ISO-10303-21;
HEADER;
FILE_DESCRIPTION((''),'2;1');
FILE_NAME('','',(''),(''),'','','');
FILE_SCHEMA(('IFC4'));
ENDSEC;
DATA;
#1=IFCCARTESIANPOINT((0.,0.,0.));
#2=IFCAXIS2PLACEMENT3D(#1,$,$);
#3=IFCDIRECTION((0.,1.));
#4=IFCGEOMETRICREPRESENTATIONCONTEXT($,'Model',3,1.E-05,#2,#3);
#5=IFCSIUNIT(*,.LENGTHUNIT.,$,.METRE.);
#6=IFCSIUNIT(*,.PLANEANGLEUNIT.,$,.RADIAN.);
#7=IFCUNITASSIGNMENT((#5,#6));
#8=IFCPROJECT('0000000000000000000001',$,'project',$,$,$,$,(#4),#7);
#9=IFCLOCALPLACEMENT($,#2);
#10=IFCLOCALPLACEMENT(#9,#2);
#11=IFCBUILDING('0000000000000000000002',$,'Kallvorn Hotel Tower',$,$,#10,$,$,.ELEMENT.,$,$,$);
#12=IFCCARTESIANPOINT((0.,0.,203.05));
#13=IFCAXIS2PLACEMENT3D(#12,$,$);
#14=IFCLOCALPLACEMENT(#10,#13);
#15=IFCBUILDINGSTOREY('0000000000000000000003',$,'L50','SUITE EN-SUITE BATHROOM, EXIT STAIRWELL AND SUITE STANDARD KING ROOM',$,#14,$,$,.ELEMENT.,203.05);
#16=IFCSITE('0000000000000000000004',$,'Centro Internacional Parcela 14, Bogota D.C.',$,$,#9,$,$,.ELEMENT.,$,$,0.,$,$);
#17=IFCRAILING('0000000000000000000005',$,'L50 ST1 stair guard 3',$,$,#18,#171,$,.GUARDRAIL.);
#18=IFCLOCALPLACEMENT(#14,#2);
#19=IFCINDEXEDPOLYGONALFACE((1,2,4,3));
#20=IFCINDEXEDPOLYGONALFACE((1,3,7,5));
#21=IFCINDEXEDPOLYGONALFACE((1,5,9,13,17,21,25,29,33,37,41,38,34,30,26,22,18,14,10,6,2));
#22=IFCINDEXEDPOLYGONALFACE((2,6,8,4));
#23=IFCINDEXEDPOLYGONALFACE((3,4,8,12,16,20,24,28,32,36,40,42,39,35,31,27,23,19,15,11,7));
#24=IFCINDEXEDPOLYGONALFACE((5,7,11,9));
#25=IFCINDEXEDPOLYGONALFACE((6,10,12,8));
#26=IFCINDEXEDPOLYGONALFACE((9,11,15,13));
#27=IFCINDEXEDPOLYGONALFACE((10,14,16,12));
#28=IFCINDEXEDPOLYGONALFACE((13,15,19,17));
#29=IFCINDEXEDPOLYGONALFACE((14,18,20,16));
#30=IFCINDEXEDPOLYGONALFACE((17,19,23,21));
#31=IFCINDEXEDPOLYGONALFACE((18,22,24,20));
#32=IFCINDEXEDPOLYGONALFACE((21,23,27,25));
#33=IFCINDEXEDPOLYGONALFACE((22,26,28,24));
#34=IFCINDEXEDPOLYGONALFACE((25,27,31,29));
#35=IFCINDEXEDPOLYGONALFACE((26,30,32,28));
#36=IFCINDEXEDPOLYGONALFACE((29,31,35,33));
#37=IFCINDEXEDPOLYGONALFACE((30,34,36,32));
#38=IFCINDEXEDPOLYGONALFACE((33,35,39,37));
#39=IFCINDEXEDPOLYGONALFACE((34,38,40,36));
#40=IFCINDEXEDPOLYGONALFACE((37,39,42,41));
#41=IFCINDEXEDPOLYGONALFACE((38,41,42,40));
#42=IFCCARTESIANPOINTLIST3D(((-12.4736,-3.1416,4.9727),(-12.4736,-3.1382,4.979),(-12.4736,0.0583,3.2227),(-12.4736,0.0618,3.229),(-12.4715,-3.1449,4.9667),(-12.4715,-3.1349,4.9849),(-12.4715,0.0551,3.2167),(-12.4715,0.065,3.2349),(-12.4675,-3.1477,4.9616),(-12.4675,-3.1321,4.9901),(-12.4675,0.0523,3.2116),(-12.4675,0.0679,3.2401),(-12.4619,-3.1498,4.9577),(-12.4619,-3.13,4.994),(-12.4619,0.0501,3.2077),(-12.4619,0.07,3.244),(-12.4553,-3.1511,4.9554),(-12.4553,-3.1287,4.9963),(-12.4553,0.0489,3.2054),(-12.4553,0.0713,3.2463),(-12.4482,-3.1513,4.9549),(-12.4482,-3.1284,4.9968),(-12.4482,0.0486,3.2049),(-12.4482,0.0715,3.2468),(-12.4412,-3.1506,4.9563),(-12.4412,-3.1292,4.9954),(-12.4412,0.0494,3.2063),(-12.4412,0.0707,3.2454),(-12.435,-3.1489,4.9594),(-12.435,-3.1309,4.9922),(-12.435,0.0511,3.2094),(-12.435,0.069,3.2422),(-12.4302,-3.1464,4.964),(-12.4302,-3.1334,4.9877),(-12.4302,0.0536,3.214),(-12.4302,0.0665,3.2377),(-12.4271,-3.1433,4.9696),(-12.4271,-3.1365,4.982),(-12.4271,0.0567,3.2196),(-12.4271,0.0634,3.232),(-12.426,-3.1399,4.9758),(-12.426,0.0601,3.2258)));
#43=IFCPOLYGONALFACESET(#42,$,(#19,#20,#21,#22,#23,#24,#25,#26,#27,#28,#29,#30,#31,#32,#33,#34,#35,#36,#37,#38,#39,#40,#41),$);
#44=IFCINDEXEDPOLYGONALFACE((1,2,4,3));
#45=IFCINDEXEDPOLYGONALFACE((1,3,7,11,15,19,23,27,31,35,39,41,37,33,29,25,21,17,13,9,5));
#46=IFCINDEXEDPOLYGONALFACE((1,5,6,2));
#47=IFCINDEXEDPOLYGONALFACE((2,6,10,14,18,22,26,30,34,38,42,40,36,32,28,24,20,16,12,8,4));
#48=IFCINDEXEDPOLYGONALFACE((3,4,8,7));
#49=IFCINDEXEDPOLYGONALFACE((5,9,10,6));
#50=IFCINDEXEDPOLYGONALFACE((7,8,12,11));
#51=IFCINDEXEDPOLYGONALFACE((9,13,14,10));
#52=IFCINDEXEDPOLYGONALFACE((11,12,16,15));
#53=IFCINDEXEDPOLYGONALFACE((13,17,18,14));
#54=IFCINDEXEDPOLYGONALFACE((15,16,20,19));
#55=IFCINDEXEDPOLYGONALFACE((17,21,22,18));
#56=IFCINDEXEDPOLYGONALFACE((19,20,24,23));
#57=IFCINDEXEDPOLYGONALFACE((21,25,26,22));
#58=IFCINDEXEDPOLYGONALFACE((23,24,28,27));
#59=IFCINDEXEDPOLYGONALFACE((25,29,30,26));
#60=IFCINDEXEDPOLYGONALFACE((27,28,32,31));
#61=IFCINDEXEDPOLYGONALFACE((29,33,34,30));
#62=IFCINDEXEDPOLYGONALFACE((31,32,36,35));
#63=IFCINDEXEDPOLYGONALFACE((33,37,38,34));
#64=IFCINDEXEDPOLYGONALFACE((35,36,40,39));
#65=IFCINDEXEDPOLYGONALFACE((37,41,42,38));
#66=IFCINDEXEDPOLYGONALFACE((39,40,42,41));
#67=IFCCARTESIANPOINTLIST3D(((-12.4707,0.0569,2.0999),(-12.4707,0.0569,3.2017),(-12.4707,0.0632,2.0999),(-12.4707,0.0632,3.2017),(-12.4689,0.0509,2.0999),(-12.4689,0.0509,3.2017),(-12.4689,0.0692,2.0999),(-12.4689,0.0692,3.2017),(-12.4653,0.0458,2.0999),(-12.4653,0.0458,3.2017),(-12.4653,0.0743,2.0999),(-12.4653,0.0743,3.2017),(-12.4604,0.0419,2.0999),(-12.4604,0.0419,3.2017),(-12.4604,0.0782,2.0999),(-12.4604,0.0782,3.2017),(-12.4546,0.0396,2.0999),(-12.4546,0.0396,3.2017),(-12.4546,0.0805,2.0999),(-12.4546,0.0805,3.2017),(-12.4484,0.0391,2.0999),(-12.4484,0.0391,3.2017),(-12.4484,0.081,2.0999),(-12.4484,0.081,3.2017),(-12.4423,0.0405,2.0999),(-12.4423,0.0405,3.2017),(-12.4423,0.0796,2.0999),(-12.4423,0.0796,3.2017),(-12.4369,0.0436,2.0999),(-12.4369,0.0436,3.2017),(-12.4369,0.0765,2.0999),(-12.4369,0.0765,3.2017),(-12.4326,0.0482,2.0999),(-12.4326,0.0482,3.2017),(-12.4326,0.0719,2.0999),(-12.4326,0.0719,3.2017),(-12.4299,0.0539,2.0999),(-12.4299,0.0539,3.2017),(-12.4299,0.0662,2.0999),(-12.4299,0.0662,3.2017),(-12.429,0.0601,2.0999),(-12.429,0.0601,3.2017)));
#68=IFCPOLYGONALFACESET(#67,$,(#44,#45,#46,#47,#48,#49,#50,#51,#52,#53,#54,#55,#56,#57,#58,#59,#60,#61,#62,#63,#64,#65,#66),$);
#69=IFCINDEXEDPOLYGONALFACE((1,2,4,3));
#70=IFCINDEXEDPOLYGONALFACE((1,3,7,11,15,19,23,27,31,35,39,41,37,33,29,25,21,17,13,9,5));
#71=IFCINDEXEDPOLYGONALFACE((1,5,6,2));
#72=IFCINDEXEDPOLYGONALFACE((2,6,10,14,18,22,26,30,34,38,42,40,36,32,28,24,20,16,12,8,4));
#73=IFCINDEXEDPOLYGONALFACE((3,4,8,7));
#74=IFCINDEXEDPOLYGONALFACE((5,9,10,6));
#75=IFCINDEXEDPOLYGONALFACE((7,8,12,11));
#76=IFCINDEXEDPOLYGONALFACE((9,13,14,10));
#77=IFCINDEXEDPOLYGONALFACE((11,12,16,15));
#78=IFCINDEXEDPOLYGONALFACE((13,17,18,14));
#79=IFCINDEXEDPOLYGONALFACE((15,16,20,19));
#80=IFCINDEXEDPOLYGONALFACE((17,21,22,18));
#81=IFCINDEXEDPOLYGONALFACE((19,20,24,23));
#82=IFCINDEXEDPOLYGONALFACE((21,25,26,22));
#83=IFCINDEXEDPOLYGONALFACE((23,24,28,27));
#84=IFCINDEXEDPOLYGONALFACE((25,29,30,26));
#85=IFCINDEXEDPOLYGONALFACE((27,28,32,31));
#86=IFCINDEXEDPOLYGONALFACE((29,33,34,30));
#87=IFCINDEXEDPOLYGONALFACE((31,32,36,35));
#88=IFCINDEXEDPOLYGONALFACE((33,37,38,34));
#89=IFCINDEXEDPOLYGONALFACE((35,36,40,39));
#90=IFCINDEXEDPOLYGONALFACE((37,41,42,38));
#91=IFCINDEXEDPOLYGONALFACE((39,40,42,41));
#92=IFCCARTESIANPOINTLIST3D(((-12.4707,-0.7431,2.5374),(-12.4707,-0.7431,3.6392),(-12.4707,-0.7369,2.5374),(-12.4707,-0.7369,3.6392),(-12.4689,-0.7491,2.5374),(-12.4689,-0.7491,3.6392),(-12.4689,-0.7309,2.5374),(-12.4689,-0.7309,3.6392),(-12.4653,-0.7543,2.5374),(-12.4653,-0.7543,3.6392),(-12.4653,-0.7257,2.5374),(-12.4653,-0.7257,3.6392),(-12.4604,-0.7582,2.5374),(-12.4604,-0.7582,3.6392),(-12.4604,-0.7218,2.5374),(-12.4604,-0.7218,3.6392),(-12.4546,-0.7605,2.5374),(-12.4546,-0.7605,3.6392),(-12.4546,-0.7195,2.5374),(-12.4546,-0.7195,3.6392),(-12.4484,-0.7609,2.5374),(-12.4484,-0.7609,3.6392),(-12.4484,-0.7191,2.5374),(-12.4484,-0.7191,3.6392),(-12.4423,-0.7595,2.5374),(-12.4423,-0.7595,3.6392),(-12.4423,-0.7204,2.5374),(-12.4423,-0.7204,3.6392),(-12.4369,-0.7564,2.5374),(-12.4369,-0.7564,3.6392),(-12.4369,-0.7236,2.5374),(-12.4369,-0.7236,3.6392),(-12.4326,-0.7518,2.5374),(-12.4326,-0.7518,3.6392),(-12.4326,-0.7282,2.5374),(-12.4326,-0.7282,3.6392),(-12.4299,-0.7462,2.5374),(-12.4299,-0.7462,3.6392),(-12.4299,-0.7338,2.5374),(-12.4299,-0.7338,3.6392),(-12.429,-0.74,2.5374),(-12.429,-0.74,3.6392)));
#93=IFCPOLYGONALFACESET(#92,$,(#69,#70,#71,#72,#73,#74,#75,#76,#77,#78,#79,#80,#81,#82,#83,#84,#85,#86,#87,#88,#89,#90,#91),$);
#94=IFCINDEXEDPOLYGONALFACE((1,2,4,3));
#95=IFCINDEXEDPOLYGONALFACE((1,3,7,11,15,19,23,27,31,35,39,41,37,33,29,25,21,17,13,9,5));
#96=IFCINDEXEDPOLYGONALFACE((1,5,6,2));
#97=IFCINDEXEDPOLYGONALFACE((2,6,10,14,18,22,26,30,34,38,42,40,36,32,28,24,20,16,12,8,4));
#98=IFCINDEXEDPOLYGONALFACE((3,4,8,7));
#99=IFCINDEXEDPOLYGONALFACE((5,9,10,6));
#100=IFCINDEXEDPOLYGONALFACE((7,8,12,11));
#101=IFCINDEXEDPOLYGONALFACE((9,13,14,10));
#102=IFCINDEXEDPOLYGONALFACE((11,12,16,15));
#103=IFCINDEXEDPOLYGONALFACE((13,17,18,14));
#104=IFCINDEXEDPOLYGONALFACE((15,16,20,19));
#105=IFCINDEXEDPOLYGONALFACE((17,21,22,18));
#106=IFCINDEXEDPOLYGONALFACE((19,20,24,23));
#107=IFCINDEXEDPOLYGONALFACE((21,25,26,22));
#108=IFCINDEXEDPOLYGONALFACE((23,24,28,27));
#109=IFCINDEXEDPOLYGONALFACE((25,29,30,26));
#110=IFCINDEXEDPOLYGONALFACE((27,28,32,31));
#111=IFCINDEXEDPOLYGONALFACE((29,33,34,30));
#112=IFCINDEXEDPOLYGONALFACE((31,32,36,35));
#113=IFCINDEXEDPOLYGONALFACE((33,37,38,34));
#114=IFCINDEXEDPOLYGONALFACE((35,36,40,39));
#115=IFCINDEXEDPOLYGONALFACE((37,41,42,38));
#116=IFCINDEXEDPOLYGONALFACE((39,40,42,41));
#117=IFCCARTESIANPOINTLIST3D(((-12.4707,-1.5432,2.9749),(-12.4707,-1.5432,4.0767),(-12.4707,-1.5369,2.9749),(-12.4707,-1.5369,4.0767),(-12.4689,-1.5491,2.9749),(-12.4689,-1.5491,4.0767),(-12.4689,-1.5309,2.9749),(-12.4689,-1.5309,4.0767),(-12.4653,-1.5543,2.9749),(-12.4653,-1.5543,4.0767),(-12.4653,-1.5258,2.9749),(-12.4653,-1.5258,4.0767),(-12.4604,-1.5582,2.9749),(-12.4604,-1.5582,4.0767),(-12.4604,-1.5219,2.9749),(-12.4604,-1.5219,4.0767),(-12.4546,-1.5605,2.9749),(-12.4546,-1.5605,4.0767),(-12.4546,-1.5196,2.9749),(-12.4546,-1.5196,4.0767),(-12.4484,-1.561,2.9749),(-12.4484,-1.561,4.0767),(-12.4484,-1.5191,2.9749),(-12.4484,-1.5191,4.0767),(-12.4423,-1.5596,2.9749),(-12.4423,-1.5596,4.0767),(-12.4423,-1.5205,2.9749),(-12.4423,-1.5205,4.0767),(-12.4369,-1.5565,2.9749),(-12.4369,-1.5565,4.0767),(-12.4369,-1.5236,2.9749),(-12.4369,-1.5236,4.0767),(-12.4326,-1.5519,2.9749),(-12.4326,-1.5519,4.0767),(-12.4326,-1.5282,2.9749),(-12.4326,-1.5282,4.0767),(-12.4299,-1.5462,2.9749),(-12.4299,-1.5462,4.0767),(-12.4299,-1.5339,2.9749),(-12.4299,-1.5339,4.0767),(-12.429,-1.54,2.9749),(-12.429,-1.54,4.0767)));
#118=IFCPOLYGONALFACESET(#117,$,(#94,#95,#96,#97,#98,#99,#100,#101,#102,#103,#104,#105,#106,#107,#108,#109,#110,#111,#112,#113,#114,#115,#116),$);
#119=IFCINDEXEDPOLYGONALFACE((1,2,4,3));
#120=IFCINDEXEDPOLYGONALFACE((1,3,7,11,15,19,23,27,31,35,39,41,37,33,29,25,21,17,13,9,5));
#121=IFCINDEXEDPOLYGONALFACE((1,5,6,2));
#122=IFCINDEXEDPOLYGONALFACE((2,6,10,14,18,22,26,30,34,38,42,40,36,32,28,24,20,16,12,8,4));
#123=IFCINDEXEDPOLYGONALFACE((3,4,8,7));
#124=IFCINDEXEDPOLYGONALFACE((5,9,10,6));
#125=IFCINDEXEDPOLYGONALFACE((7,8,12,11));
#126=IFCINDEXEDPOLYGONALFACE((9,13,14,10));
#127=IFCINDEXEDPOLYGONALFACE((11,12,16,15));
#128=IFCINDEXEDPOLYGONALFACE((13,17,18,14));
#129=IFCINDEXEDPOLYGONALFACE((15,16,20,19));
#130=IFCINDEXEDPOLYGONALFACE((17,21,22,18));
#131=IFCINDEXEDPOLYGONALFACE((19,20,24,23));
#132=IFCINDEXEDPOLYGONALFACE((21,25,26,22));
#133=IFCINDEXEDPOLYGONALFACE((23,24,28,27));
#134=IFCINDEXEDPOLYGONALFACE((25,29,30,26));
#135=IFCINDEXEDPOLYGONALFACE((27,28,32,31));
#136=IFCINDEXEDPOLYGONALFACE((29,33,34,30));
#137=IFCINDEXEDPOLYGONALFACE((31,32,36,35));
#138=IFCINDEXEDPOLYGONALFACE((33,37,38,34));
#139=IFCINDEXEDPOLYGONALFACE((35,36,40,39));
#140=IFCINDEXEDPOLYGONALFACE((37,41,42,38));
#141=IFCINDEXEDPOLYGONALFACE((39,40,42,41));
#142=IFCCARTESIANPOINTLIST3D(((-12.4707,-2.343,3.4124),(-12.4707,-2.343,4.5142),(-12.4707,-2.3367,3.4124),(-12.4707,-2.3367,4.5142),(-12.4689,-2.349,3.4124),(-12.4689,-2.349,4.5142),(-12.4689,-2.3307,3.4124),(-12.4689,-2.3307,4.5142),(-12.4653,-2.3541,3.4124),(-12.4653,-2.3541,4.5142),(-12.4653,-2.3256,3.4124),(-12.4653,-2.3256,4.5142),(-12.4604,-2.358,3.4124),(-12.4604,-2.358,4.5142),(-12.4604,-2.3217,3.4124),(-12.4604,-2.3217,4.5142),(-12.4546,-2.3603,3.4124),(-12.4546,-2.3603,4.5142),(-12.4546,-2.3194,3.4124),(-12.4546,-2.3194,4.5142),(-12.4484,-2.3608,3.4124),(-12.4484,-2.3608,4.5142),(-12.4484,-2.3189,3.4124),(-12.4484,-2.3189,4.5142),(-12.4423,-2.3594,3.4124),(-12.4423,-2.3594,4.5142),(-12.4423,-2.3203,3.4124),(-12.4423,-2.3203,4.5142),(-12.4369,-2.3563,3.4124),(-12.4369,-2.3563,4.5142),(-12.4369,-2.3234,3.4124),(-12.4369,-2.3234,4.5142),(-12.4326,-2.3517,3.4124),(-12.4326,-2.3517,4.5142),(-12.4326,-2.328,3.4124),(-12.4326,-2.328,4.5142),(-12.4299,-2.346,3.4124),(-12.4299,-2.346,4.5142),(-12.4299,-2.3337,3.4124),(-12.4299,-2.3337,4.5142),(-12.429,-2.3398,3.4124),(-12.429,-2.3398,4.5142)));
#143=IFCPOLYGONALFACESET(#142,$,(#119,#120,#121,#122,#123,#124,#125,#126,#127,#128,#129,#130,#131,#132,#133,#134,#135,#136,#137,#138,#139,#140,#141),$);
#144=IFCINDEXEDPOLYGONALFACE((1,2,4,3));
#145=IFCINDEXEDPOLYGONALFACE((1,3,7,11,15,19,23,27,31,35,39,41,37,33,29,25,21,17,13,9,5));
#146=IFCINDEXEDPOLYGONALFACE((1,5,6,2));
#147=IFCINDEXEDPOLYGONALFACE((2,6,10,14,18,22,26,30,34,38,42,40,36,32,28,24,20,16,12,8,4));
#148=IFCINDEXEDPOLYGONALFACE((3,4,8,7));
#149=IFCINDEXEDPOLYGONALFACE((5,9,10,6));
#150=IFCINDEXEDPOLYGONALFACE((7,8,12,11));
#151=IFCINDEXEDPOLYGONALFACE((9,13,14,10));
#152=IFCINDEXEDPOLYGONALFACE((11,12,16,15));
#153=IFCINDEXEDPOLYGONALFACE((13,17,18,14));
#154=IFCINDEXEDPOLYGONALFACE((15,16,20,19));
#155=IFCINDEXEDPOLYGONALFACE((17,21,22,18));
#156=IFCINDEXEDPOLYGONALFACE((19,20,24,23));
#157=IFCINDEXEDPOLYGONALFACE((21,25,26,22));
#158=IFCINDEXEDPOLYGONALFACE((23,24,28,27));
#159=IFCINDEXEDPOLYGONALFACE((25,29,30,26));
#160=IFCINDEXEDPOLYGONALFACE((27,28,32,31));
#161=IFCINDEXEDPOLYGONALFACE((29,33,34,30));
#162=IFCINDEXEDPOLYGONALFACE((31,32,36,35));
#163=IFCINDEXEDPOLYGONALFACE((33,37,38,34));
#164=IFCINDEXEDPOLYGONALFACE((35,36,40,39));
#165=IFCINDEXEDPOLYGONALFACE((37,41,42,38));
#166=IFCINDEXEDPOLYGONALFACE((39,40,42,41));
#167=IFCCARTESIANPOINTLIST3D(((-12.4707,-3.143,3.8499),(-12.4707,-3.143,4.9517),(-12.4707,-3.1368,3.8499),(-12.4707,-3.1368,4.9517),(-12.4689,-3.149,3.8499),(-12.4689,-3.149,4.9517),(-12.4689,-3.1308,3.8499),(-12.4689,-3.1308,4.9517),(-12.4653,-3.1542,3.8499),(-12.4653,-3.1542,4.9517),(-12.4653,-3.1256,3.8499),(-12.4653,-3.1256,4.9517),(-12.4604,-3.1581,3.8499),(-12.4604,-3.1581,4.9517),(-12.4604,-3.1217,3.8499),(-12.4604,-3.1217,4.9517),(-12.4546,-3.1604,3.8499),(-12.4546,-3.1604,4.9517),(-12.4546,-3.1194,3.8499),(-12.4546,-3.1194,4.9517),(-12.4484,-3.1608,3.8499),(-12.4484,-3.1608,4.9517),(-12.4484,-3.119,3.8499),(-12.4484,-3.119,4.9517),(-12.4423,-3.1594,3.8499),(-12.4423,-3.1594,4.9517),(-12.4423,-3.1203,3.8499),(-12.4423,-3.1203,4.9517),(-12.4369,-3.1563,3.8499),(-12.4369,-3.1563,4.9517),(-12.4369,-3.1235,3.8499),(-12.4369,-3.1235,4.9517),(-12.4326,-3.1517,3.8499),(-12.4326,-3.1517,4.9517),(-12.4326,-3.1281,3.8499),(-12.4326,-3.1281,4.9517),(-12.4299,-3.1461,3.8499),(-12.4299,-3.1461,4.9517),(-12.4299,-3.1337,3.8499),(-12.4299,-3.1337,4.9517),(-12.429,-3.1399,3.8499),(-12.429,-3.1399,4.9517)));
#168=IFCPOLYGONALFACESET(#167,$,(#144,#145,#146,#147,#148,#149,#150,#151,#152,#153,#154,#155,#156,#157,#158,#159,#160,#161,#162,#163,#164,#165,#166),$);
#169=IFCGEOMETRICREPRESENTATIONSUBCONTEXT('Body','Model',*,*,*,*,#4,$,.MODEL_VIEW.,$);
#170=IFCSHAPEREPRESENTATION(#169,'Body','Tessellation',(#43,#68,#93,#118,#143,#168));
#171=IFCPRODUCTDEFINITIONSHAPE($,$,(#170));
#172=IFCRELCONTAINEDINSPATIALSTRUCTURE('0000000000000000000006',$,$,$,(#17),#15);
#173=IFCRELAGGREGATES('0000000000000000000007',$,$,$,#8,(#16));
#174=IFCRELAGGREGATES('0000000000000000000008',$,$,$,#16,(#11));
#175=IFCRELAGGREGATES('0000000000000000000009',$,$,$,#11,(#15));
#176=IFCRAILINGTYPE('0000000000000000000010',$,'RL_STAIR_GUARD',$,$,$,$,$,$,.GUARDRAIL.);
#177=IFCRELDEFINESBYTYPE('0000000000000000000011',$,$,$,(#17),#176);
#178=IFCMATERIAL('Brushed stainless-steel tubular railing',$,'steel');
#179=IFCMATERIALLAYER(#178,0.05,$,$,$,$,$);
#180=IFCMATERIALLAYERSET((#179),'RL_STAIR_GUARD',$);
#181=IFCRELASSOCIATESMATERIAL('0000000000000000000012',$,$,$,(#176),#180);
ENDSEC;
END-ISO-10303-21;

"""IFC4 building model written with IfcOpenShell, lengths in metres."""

from ifc_helpers import new_model, si_unit, direction, frame, origin, origin_2d, place, context, subcontext, project, spatial, circle, extrude, material, layer, layer_set, type_object, element, save


model = new_model("IFC4")

# Units and contexts
model_context = context("Model", 3, precision=1e-05, world=origin(), true_north=direction((0.0, 1.0)))
body_context = subcontext(model_context, "Body", "Model", "MODEL_VIEW")
ifc_project = project(units=[si_unit("LENGTHUNIT", "METRE"), si_unit("PLANEANGLEUNIT", "RADIAN")], contexts=[model_context])

# Site, building, storey
site_placement = place(None, origin())
site = spatial("IfcSite", under=ifc_project, at=site_placement, Name="Centro Internacional Parcela 14, Bogota D.C.", CompositionType="ELEMENT", RefElevation=0.0)
building_placement = place(site_placement, origin())
building = spatial("IfcBuilding", under=site, at=building_placement, Name="Kallvorn Hotel Tower", CompositionType="ELEMENT")
storey_placement = place(building_placement, frame((0.0, 0.0, 203.05)))
storey = spatial("IfcBuildingStorey", under=building, at=storey_placement, Name="L50", Description="SUITE EN-SUITE BATHROOM, EXIT STAIRWELL AND SUITE STANDARD KING ROOM", CompositionType="ELEMENT", Elevation=203.05)

# Railing
ifc_material_1 = material(Name="Brushed stainless-steel tubular railing", Category="steel")
ifc_layer_1 = layer(ifc_material_1, 0.05)
ifc_layer_set_1 = layer_set([ifc_layer_1], Name="RL_STAIR_GUARD")
railing_type_1 = type_object("IfcRailingType", Name="RL_STAIR_GUARD", PredefinedType="GUARDRAIL", material=ifc_layer_set_1)
railing_1_placement = place(storey_placement, frame((-12.45, 0.0601, 2.0999)))
element("IfcRailing", 1, at=railing_1_placement, inside=storey, type_object=railing_type_1, Name="L50 ST1 stair guard 3", PredefinedType="GUARDRAIL", context=body_context, shape_type="SweptSolid", body=[
    extrude(circle(Radius=0.0239, at=origin_2d()), frame((0.0, 0.0, 1.126), z_axis=(0.0, -0.877368, 0.479818), x_axis=(1.0, 0.0, 0.0)), (0.0, 0.0, 1.0), 3.6472),
    extrude(circle(Radius=0.021, at=origin_2d()), origin(), (0.0, 0.0, 1.0), 1.1018),
    extrude(circle(Radius=0.021, at=origin_2d()), frame((0.0, -0.8, 0.4375)), (0.0, 0.0, 1.0), 1.1018),
    extrude(circle(Radius=0.021, at=origin_2d()), frame((0.0, -1.6001, 0.875)), (0.0, 0.0, 1.0), 1.1018),
    extrude(circle(Radius=0.021, at=origin_2d()), frame((0.0, -2.3999, 1.3125)), (0.0, 0.0, 1.0), 1.1018),
    extrude(circle(Radius=0.021, at=origin_2d()), frame((0.0, -3.2, 1.75)), (0.0, 0.0, 1.0), 1.1018),
])

save(model, "model.ifc")
